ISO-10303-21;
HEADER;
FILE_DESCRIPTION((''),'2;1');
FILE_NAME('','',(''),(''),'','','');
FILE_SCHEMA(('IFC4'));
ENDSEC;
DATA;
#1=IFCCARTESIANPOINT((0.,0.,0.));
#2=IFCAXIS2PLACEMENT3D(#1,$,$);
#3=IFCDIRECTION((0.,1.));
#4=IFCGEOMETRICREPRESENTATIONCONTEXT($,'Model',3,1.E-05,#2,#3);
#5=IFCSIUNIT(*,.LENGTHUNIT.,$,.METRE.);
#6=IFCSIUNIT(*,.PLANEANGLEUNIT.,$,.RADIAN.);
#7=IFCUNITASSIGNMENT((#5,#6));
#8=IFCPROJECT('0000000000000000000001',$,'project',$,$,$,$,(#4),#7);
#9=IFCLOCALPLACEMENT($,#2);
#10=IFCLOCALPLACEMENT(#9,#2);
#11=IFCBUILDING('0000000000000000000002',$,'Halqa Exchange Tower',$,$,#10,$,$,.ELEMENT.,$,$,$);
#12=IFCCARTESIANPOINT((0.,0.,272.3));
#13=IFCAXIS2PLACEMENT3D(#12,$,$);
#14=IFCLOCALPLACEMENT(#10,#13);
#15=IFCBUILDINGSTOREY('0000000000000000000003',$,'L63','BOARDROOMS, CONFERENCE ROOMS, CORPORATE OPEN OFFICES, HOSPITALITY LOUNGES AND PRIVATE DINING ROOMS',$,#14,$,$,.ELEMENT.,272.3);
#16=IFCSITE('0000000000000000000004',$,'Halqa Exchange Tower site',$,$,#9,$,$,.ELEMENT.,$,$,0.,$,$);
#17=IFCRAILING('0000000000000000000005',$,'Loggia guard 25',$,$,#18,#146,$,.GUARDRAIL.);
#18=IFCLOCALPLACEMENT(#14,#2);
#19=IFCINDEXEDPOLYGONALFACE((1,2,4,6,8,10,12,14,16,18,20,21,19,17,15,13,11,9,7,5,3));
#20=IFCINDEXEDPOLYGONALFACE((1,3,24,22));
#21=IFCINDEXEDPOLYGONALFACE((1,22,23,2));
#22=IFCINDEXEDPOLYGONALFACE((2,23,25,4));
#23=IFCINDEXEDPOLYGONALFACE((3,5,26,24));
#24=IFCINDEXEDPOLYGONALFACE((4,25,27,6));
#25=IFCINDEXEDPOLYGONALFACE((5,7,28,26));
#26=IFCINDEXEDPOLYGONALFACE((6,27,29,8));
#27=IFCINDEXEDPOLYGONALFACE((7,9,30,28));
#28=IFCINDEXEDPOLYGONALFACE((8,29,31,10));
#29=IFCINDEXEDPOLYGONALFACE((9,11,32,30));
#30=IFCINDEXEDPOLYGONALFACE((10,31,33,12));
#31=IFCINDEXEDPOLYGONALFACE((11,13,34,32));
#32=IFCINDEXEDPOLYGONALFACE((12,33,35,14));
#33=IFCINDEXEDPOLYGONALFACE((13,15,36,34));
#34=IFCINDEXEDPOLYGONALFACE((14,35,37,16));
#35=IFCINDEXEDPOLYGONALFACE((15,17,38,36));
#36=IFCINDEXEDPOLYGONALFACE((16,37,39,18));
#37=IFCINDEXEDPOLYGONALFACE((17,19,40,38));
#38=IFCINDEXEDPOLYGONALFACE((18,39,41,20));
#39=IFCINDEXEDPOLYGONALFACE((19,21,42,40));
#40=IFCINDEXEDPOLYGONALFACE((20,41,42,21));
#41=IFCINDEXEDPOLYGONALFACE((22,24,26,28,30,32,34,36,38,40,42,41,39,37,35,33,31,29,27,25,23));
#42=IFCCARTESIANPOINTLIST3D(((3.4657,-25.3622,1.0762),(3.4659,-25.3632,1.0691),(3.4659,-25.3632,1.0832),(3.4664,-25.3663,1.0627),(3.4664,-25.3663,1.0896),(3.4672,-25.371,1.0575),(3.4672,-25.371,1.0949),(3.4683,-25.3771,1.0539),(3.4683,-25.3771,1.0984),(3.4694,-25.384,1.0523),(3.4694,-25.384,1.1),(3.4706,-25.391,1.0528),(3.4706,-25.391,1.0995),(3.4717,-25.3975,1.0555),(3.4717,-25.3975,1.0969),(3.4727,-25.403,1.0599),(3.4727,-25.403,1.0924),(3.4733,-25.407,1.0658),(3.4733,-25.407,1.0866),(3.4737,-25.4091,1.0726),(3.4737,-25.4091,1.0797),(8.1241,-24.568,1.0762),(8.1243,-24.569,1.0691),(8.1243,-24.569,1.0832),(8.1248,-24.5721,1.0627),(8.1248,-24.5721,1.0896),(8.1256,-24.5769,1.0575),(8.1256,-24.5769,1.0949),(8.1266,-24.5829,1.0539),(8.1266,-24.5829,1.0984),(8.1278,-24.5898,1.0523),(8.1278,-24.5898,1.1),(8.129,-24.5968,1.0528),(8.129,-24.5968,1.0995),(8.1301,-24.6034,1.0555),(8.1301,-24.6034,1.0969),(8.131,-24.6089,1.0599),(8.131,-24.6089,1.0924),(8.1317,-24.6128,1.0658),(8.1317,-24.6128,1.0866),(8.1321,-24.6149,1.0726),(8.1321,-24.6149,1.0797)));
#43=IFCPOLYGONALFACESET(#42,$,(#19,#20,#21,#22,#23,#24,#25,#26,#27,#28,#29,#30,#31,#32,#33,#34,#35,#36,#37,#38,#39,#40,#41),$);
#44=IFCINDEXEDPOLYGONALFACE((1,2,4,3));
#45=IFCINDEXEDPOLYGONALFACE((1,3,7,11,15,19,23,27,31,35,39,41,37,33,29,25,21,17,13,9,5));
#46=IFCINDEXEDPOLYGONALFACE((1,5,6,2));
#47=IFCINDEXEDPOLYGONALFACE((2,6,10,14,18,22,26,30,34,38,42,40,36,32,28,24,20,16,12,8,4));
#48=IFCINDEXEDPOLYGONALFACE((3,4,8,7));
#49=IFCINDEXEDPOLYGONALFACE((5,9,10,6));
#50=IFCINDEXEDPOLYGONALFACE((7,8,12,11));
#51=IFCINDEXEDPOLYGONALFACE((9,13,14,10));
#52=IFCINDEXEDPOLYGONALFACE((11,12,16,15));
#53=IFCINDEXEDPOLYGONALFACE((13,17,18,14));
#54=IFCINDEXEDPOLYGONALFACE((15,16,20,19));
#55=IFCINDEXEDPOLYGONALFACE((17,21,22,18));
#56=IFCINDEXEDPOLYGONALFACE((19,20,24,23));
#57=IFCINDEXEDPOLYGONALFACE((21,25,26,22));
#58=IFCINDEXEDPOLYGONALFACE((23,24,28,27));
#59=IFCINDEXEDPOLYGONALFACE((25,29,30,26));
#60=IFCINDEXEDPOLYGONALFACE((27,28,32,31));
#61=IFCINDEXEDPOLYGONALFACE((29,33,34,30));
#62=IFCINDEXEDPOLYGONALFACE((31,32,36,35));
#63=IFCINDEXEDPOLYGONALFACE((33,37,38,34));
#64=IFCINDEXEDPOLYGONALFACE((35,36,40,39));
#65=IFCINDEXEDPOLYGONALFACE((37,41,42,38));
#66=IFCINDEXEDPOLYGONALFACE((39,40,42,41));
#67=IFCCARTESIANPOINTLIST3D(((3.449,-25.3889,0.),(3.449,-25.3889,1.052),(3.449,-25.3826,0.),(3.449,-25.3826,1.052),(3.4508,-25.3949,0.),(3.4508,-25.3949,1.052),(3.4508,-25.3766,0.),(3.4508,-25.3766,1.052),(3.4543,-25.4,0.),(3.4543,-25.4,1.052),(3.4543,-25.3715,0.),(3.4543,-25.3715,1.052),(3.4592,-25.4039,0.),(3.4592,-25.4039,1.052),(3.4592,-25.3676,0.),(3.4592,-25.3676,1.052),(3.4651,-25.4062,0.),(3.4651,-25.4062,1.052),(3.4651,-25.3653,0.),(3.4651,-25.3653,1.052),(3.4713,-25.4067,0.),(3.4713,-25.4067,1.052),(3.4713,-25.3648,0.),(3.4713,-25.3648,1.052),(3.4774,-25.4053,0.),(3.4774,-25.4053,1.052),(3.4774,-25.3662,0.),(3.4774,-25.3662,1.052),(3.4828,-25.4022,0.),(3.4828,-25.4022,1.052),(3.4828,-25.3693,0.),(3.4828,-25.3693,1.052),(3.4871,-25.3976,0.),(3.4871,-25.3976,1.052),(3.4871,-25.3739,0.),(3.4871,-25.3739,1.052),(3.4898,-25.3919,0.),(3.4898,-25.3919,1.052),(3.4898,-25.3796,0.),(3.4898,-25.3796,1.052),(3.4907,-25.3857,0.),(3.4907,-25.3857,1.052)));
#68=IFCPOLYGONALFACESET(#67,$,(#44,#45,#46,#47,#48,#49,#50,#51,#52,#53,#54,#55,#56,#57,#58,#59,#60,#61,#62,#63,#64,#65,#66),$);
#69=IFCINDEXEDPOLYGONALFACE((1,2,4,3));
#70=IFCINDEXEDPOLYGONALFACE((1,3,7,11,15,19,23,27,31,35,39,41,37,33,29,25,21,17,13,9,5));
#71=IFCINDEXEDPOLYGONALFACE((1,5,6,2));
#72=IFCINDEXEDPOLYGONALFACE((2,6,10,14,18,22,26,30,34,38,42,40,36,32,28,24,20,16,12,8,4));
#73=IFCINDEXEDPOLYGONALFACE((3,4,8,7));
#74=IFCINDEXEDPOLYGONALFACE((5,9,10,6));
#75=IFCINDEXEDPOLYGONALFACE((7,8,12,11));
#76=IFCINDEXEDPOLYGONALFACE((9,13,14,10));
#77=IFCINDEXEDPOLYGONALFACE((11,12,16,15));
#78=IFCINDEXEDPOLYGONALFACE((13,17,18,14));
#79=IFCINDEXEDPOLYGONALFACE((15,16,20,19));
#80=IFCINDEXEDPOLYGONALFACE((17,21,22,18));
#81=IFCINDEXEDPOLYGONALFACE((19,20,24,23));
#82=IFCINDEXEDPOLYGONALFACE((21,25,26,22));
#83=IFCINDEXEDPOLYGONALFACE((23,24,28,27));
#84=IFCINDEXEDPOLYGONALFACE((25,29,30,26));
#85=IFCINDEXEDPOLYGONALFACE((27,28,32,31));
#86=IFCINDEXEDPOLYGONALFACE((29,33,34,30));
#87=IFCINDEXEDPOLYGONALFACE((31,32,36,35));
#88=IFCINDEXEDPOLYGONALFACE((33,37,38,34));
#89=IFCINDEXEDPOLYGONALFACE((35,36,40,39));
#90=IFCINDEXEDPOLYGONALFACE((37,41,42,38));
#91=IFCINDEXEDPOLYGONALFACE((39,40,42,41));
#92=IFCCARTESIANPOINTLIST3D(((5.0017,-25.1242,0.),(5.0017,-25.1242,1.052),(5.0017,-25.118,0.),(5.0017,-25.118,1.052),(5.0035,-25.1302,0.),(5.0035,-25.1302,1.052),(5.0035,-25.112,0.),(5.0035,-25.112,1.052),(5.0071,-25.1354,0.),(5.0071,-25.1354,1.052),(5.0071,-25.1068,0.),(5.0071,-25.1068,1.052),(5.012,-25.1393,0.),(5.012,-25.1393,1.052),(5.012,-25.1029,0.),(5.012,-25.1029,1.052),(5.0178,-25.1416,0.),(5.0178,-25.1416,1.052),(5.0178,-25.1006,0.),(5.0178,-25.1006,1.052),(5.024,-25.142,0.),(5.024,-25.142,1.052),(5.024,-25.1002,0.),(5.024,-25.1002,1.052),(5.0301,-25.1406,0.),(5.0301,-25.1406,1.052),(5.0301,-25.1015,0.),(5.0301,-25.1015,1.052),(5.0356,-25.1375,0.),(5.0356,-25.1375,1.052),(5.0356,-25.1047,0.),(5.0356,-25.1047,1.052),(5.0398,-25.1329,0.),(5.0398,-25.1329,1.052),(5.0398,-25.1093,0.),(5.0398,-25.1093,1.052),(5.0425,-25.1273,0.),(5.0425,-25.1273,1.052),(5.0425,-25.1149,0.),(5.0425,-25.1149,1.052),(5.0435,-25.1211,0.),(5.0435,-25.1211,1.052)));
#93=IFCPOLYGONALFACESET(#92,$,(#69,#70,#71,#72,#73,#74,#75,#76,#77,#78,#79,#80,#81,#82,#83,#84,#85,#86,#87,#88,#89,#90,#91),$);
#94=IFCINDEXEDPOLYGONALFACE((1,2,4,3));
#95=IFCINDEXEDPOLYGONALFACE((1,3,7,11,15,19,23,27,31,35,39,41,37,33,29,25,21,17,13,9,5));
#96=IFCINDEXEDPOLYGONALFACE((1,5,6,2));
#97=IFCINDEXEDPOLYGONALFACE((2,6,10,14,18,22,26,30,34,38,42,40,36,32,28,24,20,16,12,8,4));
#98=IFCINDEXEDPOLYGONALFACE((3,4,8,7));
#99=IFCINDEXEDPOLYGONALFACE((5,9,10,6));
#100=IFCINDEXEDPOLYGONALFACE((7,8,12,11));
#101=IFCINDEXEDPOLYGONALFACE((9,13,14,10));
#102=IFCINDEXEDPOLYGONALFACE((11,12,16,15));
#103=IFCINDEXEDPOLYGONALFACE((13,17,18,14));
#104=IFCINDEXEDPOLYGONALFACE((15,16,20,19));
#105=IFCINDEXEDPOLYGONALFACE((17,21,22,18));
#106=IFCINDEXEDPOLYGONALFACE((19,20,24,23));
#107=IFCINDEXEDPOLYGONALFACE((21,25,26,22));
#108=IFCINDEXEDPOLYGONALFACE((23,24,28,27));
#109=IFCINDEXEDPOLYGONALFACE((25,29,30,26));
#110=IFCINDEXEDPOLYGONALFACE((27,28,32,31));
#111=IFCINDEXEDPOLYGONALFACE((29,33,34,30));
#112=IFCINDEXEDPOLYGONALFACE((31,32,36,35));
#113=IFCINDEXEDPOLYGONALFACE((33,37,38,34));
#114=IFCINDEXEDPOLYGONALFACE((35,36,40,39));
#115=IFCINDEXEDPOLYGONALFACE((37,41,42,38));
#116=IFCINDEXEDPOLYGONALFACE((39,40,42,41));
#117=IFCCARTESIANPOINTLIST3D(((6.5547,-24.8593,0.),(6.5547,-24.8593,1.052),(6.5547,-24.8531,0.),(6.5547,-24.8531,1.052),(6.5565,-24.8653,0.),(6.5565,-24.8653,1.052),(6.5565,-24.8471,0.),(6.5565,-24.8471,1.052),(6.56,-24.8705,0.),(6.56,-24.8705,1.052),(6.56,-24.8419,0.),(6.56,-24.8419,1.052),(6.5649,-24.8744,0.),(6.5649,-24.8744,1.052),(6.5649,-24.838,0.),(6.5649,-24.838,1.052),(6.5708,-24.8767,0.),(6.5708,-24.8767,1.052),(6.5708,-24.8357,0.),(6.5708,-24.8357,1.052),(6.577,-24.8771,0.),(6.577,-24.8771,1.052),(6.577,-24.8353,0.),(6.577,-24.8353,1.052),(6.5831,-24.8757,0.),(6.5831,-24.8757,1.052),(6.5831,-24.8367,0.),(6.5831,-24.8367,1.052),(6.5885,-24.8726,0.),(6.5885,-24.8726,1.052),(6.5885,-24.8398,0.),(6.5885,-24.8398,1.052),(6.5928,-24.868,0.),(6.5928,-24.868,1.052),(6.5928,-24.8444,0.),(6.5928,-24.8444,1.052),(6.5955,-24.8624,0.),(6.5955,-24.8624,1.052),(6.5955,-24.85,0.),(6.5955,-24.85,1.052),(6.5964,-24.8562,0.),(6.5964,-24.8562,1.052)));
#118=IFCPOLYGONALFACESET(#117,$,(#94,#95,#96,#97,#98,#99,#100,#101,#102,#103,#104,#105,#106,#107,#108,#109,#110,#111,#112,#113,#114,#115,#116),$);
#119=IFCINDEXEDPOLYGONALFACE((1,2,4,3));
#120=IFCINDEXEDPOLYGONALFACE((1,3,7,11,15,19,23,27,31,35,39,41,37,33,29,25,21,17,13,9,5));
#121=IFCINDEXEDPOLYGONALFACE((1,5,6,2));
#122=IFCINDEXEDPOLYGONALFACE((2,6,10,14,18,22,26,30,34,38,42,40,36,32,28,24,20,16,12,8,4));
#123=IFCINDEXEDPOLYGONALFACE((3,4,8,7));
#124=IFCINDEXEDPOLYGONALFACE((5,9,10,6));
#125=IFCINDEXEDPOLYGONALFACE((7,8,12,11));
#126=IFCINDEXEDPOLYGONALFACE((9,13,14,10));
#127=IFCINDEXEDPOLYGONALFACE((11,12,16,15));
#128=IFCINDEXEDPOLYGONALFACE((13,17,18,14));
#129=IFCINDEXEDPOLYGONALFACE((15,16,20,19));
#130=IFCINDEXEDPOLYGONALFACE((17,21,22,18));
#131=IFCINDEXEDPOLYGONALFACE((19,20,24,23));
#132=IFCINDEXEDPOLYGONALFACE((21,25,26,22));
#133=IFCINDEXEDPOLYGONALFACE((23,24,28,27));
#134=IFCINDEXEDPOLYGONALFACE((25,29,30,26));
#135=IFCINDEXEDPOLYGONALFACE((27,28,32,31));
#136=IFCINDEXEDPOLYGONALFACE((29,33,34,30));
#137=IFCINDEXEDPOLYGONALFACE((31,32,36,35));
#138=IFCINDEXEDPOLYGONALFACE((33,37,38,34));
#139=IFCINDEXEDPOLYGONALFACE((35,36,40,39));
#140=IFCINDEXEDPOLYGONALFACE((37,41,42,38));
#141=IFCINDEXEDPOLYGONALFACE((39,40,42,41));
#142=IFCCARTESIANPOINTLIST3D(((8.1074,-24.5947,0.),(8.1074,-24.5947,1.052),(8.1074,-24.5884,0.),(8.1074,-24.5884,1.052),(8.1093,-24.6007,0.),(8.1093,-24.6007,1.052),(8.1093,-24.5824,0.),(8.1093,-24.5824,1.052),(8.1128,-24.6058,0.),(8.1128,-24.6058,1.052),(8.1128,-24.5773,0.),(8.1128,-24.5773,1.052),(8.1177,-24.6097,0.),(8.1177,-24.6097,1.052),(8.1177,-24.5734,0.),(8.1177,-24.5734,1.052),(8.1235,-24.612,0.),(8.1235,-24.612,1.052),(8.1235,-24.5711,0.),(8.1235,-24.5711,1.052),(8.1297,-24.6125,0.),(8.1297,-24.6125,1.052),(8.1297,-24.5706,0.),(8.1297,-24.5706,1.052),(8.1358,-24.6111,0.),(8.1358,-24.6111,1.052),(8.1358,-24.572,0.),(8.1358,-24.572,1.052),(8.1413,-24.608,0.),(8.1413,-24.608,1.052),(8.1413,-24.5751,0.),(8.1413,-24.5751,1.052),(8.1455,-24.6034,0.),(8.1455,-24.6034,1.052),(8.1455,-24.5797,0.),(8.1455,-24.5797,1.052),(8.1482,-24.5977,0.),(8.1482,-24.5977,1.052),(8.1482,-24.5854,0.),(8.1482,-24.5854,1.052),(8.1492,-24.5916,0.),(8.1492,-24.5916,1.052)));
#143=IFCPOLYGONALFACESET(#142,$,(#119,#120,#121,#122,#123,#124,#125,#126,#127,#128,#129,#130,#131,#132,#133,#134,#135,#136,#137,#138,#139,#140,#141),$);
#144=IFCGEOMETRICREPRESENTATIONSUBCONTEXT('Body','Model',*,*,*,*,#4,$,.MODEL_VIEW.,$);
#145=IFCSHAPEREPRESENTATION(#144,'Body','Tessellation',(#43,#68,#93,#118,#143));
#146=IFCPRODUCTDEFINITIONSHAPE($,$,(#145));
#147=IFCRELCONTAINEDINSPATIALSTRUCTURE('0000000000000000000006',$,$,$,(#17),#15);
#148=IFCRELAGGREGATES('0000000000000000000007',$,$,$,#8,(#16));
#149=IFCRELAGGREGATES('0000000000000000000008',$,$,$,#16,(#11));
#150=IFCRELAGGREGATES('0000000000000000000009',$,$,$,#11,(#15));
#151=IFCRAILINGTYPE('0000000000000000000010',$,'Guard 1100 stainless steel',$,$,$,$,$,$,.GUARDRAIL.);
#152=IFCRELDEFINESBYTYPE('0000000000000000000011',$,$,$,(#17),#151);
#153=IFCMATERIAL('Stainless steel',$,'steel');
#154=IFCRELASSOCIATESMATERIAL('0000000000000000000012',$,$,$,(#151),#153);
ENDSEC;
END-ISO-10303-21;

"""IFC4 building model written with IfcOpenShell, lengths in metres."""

from ifc_helpers import new_model, si_unit, direction, frame, origin, origin_2d, place, context, subcontext, project, spatial, circle, extrude, material, type_object, element, save


model = new_model("IFC4")

# Units and contexts
model_context = context("Model", 3, precision=1e-05, world=origin(), true_north=direction((0.0, 1.0)))
body_context = subcontext(model_context, "Body", "Model", "MODEL_VIEW")
ifc_project = project(units=[si_unit("LENGTHUNIT", "METRE"), si_unit("PLANEANGLEUNIT", "RADIAN")], contexts=[model_context])

# Site, building, storey
site_placement = place(None, origin())
site = spatial("IfcSite", under=ifc_project, at=site_placement, Name="Halqa Exchange Tower site", CompositionType="ELEMENT", RefElevation=0.0)
building_placement = place(site_placement, origin())
building = spatial("IfcBuilding", under=site, at=building_placement, Name="Halqa Exchange Tower", CompositionType="ELEMENT")
storey_placement = place(building_placement, frame((0.0, 0.0, 272.3)))
storey = spatial("IfcBuildingStorey", under=building, at=storey_placement, Name="L63", Description="BOARDROOMS, CONFERENCE ROOMS, CORPORATE OPEN OFFICES, HOSPITALITY LOUNGES AND PRIVATE DINING ROOMS", CompositionType="ELEMENT", Elevation=272.3)

# Railing
ifc_material_1 = material(Name="Stainless steel", Category="steel")
railing_type = type_object("IfcRailingType", Name="Guard 1100 stainless steel", PredefinedType="GUARDRAIL", material=ifc_material_1)
railing_1_placement = place(storey_placement, frame((3.4697, -25.3857, 0.0)))
element("IfcRailing", 1, at=railing_1_placement, inside=storey, type_object=railing_type, Name="Loggia guard 25", PredefinedType="GUARDRAIL", context=body_context, shape_type="SweptSolid", body=[
    extrude(circle(Radius=0.0239, at=origin_2d()), frame((0.0, 0.0, 1.0762), z_axis=(0.985777, 0.168059, 0.0), x_axis=(-0.168059, 0.985777, 0.0)), (0.0, 0.0, 1.0), 4.7256),
    extrude(circle(Radius=0.021, at=origin_2d()), origin(), (0.0, 0.0, 1.0), 1.052),
    extrude(circle(Radius=0.021, at=origin_2d()), frame((1.5527, 0.2646, 0.0)), (0.0, 0.0, 1.0), 1.052),
    extrude(circle(Radius=0.021, at=origin_2d()), frame((3.1057, 0.5295, 0.0)), (0.0, 0.0, 1.0), 1.052),
    extrude(circle(Radius=0.021, at=origin_2d()), frame((4.6584, 0.7942, 0.0)), (0.0, 0.0, 1.0), 1.052),
])

save(model, "model.ifc")
